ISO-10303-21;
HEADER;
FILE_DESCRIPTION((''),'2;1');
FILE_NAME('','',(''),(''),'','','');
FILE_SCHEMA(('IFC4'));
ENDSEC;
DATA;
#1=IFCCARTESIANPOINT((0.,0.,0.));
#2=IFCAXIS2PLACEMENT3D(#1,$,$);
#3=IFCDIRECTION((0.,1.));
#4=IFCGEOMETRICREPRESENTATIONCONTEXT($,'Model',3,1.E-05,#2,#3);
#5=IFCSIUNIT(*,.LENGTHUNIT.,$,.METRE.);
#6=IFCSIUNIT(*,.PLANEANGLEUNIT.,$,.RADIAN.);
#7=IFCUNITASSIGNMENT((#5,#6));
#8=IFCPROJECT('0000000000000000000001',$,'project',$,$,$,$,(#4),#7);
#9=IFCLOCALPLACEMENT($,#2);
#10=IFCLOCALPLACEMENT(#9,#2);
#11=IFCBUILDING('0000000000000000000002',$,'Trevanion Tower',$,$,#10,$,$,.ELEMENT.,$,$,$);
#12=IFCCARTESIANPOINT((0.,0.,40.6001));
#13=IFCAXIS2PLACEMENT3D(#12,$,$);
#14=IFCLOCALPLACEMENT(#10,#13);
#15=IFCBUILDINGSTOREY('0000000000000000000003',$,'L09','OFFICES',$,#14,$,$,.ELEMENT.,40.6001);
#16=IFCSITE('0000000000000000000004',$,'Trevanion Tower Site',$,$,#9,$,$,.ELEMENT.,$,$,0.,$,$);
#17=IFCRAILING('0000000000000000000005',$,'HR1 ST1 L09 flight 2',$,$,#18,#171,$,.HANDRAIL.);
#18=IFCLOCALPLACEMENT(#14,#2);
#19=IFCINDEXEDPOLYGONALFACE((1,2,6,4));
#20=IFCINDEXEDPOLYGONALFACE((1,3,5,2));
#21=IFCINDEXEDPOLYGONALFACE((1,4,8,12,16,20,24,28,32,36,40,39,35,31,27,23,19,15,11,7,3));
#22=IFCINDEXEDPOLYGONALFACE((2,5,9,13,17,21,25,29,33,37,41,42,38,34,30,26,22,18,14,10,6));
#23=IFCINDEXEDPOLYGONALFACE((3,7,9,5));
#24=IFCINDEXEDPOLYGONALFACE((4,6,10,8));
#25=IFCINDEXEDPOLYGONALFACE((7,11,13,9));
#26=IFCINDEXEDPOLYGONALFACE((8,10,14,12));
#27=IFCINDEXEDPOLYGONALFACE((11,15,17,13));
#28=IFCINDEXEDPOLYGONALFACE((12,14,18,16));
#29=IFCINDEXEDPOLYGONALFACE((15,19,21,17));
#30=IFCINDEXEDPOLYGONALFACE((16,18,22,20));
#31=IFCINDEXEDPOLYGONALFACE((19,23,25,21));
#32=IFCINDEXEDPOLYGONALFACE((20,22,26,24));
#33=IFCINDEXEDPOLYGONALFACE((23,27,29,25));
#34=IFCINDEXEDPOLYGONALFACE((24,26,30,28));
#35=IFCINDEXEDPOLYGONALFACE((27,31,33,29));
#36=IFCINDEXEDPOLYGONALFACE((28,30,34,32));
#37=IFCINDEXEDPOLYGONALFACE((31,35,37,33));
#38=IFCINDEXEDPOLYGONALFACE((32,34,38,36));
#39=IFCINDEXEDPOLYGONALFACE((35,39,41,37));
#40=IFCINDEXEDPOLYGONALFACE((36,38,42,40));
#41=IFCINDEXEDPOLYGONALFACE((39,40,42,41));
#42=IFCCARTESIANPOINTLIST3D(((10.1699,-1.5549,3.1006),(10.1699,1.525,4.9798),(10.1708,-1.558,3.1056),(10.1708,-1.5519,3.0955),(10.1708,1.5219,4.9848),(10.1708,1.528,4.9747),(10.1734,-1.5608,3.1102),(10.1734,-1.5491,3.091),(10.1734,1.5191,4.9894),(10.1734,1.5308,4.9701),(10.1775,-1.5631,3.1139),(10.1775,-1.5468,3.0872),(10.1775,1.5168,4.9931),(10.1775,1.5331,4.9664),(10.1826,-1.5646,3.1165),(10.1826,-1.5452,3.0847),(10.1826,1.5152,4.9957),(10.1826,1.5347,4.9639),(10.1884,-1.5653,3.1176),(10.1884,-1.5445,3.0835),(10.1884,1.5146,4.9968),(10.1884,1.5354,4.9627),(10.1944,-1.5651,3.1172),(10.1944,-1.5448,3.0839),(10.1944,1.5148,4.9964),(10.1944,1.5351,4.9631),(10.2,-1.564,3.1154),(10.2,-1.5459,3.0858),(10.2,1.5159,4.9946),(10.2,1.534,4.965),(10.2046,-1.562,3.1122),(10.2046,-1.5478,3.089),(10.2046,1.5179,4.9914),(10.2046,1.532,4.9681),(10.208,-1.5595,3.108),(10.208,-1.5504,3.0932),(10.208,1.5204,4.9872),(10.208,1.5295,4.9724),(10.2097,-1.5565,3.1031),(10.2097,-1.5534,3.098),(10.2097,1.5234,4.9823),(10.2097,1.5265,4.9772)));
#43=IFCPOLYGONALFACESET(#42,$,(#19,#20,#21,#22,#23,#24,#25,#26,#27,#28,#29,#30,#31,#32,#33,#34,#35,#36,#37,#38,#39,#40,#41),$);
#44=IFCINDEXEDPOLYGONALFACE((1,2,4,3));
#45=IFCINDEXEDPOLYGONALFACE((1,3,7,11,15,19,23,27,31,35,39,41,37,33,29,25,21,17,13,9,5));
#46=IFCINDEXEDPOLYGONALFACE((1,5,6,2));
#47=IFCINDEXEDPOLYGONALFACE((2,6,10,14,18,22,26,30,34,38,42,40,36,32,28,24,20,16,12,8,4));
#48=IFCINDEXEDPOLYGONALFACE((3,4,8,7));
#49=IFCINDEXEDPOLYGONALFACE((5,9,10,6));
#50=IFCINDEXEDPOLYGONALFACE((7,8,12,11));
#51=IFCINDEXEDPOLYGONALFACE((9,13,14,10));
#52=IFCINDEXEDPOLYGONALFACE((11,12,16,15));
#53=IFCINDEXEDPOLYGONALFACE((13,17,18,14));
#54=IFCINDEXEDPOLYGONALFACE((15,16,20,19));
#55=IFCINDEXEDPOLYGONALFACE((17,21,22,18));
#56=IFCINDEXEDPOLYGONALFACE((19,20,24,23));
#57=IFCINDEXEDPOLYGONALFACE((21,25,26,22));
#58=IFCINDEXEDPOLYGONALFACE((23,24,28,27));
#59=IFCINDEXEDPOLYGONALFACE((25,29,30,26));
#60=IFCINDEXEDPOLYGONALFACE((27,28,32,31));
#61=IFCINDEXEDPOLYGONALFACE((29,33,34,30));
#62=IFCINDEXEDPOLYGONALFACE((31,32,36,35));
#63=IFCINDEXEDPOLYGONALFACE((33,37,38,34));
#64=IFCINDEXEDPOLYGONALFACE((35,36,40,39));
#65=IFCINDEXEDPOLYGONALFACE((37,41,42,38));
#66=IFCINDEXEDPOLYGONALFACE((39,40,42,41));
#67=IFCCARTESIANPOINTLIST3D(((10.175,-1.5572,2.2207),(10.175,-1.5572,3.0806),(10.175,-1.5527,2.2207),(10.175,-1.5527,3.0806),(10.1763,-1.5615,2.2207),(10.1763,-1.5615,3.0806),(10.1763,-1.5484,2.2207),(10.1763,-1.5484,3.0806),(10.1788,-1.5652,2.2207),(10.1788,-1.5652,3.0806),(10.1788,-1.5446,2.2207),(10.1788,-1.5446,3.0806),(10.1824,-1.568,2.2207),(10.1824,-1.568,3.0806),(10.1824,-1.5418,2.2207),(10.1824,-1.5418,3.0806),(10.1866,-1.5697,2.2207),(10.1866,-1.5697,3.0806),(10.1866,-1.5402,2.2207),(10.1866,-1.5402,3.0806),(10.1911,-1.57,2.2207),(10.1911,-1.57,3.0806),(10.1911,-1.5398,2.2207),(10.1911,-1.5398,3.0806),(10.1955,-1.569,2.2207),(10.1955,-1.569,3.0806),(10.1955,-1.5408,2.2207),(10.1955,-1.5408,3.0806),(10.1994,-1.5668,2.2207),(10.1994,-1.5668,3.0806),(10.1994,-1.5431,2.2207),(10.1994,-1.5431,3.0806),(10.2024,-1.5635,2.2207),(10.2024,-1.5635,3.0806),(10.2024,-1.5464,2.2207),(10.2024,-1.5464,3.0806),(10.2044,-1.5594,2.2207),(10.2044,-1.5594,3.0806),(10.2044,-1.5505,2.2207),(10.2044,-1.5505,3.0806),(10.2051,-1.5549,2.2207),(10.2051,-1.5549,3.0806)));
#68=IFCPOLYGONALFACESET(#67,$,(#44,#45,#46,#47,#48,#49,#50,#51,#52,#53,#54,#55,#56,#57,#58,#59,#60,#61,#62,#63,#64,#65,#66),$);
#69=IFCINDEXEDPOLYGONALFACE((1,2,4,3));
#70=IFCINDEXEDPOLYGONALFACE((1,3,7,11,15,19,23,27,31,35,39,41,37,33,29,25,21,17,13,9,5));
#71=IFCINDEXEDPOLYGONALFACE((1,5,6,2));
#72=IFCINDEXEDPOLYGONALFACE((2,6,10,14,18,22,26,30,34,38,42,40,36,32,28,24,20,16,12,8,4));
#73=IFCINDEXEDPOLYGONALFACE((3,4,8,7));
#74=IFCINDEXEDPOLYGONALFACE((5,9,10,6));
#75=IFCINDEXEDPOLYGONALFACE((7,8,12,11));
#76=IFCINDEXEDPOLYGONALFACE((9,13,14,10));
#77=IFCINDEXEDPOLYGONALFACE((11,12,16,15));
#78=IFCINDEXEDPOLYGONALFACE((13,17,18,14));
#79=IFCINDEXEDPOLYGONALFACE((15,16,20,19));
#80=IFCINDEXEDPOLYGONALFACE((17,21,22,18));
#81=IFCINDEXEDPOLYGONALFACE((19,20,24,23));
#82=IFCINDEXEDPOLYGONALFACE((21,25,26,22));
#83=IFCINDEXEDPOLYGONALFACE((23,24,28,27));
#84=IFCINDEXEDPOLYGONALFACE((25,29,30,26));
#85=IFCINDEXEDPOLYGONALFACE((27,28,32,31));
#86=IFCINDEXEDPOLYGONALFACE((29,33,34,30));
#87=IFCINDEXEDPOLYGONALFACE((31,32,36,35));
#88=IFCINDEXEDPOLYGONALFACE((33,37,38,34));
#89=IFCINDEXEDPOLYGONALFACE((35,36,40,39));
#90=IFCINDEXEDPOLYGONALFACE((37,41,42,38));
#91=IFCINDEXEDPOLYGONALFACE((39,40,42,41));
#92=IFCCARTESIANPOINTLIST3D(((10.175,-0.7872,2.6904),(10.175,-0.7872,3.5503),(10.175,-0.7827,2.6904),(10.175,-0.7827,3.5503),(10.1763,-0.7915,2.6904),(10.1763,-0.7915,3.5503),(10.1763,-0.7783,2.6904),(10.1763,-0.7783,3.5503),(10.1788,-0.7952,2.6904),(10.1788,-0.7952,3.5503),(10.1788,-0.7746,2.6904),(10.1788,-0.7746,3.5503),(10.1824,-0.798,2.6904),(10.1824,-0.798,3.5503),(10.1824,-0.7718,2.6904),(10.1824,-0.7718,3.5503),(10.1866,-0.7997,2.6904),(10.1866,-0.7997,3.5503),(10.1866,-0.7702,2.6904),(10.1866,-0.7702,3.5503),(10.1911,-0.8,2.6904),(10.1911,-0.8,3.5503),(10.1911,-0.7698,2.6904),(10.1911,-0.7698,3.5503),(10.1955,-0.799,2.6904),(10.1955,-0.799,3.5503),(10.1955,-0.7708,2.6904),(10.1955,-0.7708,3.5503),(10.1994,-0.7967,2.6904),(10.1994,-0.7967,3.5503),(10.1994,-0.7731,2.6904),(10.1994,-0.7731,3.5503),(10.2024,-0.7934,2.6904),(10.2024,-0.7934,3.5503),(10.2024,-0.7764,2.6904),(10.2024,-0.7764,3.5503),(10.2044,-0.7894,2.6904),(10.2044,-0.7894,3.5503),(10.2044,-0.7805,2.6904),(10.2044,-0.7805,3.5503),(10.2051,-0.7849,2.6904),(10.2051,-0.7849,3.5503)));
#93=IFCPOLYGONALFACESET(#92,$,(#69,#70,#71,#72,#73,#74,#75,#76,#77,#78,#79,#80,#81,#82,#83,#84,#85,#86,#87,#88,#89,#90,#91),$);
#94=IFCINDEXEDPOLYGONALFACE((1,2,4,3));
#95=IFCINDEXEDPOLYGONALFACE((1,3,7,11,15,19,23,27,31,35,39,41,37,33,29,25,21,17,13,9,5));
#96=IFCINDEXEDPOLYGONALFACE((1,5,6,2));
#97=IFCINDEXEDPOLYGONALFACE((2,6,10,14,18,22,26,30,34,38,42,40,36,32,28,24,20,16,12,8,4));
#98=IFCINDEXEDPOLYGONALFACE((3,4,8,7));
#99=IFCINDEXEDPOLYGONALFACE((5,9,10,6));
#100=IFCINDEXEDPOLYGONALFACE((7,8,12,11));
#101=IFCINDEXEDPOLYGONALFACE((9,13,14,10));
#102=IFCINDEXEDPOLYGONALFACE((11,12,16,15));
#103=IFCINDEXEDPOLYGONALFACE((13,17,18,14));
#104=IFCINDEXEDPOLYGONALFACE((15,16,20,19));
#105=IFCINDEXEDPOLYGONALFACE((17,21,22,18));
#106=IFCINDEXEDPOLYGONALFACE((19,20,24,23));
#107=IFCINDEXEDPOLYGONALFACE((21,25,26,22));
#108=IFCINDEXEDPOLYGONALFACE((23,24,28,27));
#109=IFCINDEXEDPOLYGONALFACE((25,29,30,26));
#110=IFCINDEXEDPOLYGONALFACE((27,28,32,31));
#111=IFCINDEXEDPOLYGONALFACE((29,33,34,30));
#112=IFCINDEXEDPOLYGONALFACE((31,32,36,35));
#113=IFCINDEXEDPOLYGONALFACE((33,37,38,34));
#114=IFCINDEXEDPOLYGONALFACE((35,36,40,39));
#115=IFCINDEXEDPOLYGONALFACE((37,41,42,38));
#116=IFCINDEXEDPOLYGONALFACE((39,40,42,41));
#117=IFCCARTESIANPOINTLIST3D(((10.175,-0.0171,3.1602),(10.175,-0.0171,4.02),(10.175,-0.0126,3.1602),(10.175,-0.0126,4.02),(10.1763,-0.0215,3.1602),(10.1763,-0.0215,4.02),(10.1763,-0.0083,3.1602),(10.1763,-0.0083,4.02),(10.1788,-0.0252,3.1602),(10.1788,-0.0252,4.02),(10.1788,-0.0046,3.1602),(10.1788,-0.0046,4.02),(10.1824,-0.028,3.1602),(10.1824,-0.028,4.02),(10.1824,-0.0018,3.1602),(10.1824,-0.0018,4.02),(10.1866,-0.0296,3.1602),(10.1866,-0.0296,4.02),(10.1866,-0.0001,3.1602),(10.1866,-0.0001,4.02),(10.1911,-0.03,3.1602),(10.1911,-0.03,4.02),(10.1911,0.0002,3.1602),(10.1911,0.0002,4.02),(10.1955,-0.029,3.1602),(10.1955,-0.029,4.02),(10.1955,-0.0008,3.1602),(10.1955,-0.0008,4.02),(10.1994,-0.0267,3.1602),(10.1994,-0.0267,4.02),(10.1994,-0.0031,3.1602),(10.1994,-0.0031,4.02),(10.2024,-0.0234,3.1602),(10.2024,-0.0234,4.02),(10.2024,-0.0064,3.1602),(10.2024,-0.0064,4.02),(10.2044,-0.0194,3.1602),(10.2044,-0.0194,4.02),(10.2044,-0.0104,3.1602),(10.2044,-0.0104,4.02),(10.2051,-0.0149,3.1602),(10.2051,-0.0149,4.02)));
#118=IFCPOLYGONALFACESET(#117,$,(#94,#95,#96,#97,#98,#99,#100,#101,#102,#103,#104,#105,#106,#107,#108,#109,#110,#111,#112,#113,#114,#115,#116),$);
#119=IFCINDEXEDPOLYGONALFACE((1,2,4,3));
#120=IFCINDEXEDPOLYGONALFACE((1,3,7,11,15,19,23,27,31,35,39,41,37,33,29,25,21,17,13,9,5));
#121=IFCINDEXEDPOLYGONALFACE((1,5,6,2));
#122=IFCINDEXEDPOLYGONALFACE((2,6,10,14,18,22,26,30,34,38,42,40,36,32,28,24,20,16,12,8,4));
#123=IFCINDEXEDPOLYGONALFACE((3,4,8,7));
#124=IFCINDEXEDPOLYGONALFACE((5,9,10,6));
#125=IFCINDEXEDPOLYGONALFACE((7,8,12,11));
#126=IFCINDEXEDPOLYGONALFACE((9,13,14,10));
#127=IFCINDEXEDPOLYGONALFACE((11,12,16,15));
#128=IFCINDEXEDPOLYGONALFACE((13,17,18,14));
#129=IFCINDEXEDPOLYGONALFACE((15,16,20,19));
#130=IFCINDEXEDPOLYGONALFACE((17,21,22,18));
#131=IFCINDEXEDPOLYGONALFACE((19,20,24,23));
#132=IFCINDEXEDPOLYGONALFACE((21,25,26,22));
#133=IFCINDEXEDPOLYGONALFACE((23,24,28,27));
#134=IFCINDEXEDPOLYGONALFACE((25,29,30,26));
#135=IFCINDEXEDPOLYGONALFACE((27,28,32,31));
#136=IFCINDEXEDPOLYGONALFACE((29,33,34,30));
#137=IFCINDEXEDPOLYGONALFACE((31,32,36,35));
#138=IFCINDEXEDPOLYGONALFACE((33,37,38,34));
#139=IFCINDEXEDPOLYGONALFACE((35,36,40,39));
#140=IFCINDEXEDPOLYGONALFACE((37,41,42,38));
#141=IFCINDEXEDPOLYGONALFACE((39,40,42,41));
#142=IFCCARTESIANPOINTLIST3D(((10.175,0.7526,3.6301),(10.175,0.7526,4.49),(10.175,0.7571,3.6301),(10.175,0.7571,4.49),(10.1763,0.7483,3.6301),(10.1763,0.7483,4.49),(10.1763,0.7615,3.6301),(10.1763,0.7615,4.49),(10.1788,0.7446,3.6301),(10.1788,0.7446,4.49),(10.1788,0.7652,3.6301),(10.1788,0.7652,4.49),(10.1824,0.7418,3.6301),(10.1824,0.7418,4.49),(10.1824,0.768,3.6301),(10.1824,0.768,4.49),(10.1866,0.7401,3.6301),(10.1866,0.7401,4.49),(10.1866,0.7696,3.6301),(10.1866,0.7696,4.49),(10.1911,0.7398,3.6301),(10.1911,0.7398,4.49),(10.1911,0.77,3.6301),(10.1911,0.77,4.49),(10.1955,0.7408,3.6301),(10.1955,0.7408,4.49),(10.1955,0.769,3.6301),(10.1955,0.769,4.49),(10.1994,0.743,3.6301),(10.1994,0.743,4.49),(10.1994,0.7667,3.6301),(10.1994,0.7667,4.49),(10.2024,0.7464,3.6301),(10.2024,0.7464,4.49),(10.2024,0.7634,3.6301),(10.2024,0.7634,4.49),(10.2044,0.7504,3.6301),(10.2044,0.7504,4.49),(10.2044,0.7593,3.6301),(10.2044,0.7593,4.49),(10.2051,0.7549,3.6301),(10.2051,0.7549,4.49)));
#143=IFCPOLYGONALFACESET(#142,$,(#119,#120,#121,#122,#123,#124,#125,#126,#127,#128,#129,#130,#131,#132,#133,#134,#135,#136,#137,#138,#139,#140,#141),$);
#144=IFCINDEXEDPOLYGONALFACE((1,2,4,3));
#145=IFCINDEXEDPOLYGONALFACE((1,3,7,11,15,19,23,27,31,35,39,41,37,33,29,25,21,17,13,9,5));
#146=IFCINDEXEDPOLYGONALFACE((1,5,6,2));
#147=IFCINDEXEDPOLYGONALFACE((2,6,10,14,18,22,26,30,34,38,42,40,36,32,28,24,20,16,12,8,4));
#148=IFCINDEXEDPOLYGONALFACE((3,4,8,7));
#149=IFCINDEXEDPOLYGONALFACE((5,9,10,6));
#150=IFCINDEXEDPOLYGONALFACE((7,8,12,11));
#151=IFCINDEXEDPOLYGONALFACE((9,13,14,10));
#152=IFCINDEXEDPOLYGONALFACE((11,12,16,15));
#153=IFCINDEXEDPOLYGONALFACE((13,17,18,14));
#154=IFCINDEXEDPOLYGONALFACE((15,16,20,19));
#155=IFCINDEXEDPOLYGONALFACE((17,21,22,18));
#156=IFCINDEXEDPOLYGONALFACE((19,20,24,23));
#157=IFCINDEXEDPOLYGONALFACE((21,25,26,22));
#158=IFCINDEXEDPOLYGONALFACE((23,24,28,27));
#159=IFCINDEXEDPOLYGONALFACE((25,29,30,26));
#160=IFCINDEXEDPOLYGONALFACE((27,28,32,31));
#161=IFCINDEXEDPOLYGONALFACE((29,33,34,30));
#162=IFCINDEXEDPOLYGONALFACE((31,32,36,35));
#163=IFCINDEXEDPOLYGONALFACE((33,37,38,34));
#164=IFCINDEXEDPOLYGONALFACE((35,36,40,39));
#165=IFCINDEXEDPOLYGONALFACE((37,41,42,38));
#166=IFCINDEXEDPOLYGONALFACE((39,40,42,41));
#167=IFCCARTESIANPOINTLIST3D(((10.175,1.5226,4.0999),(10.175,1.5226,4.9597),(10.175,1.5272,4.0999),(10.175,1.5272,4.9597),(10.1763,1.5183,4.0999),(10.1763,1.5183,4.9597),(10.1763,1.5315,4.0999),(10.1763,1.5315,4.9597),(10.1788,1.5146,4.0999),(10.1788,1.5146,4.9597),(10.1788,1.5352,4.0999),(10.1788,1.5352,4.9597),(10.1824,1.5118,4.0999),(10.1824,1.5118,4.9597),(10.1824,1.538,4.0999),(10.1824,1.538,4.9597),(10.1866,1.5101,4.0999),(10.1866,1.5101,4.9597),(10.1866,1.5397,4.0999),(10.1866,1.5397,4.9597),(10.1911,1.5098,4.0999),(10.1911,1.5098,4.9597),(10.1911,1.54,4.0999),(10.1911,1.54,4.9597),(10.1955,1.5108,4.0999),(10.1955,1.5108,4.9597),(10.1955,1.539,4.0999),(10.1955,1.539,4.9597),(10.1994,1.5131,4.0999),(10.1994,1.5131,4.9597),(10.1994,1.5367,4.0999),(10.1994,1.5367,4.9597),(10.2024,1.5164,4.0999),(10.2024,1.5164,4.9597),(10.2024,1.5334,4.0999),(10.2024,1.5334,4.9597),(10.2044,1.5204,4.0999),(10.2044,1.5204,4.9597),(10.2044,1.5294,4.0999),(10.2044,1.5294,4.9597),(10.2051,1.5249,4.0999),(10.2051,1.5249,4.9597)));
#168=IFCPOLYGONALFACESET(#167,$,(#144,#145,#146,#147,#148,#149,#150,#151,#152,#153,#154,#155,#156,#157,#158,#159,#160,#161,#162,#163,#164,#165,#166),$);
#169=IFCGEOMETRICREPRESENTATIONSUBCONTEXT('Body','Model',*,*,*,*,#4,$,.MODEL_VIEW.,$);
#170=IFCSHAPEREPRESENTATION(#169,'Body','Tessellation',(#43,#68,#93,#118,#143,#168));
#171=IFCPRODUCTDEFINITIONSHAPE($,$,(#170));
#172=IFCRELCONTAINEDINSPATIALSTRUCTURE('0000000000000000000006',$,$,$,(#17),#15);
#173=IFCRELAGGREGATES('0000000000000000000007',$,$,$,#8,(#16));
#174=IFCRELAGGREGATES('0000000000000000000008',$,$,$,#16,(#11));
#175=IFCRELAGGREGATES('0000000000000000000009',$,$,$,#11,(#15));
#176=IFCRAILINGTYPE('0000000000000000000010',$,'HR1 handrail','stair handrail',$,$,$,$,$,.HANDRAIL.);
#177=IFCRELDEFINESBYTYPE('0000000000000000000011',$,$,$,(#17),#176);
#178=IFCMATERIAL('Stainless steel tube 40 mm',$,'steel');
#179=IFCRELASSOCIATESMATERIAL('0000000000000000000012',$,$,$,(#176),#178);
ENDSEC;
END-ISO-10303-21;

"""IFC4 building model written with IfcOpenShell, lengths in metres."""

from ifc_helpers import new_model, si_unit, direction, frame, origin, origin_2d, place, context, subcontext, project, spatial, circle, extrude, material, type_object, element, save


model = new_model("IFC4")

# Units and contexts
model_context = context("Model", 3, precision=1e-05, world=origin(), true_north=direction((0.0, 1.0)))
body_context = subcontext(model_context, "Body", "Model", "MODEL_VIEW")
ifc_project = project(units=[si_unit("LENGTHUNIT", "METRE"), si_unit("PLANEANGLEUNIT", "RADIAN")], contexts=[model_context])

# Site, building, storey
site_placement = place(None, origin())
site = spatial("IfcSite", under=ifc_project, at=site_placement, Name="Trevanion Tower Site", CompositionType="ELEMENT", RefElevation=0.0)
building_placement = place(site_placement, origin())
building = spatial("IfcBuilding", under=site, at=building_placement, Name="Trevanion Tower", CompositionType="ELEMENT")
storey_placement = place(building_placement, frame((0.0, 0.0, 40.6001)))
storey = spatial("IfcBuildingStorey", under=building, at=storey_placement, Name="L09", Description="OFFICES", CompositionType="ELEMENT", Elevation=40.6001)

# Railing
ifc_material_1 = material(Name="Stainless steel tube 40 mm", Category="steel")
railing_type = type_object("IfcRailingType", Name="HR1 handrail", Description="stair handrail", PredefinedType="HANDRAIL", material=ifc_material_1)
for number, where, name in (
    (1, (10.1899, -1.5549, 2.2207), "HR1 ST1 L09 flight 2"),
):
    element("IfcRailing", number, at=place(storey_placement, frame(where)), inside=storey, type_object=railing_type, Name=name, PredefinedType="HANDRAIL", context=body_context, shape_type="SweptSolid", body=[
        extrude(circle(Radius=0.02, at=origin_2d()), frame((0.0, 0.0, 0.8799), z_axis=(0.0, 0.853648, 0.52085), x_axis=(-1.0, 0.0, 0.0)), (0.0, 0.0, 1.0), 3.6079),
        extrude(circle(Radius=0.0151, at=origin_2d()), origin(), (0.0, 0.0, 1.0), 0.8599),
        extrude(circle(Radius=0.0151, at=origin_2d()), frame((0.0, 0.77, 0.4697)), (0.0, 0.0, 1.0), 0.8599),
        extrude(circle(Radius=0.0151, at=origin_2d()), frame((0.0, 1.54, 0.9395)), (0.0, 0.0, 1.0), 0.8599),
        extrude(circle(Radius=0.0151, at=origin_2d()), frame((0.0, 2.3098, 1.4094)), (0.0, 0.0, 1.0), 0.8599),
        extrude(circle(Radius=0.0151, at=origin_2d()), frame((0.0, 3.0798, 1.8792)), (0.0, 0.0, 1.0), 0.8599),
    ])

save(model, "model.ifc")
